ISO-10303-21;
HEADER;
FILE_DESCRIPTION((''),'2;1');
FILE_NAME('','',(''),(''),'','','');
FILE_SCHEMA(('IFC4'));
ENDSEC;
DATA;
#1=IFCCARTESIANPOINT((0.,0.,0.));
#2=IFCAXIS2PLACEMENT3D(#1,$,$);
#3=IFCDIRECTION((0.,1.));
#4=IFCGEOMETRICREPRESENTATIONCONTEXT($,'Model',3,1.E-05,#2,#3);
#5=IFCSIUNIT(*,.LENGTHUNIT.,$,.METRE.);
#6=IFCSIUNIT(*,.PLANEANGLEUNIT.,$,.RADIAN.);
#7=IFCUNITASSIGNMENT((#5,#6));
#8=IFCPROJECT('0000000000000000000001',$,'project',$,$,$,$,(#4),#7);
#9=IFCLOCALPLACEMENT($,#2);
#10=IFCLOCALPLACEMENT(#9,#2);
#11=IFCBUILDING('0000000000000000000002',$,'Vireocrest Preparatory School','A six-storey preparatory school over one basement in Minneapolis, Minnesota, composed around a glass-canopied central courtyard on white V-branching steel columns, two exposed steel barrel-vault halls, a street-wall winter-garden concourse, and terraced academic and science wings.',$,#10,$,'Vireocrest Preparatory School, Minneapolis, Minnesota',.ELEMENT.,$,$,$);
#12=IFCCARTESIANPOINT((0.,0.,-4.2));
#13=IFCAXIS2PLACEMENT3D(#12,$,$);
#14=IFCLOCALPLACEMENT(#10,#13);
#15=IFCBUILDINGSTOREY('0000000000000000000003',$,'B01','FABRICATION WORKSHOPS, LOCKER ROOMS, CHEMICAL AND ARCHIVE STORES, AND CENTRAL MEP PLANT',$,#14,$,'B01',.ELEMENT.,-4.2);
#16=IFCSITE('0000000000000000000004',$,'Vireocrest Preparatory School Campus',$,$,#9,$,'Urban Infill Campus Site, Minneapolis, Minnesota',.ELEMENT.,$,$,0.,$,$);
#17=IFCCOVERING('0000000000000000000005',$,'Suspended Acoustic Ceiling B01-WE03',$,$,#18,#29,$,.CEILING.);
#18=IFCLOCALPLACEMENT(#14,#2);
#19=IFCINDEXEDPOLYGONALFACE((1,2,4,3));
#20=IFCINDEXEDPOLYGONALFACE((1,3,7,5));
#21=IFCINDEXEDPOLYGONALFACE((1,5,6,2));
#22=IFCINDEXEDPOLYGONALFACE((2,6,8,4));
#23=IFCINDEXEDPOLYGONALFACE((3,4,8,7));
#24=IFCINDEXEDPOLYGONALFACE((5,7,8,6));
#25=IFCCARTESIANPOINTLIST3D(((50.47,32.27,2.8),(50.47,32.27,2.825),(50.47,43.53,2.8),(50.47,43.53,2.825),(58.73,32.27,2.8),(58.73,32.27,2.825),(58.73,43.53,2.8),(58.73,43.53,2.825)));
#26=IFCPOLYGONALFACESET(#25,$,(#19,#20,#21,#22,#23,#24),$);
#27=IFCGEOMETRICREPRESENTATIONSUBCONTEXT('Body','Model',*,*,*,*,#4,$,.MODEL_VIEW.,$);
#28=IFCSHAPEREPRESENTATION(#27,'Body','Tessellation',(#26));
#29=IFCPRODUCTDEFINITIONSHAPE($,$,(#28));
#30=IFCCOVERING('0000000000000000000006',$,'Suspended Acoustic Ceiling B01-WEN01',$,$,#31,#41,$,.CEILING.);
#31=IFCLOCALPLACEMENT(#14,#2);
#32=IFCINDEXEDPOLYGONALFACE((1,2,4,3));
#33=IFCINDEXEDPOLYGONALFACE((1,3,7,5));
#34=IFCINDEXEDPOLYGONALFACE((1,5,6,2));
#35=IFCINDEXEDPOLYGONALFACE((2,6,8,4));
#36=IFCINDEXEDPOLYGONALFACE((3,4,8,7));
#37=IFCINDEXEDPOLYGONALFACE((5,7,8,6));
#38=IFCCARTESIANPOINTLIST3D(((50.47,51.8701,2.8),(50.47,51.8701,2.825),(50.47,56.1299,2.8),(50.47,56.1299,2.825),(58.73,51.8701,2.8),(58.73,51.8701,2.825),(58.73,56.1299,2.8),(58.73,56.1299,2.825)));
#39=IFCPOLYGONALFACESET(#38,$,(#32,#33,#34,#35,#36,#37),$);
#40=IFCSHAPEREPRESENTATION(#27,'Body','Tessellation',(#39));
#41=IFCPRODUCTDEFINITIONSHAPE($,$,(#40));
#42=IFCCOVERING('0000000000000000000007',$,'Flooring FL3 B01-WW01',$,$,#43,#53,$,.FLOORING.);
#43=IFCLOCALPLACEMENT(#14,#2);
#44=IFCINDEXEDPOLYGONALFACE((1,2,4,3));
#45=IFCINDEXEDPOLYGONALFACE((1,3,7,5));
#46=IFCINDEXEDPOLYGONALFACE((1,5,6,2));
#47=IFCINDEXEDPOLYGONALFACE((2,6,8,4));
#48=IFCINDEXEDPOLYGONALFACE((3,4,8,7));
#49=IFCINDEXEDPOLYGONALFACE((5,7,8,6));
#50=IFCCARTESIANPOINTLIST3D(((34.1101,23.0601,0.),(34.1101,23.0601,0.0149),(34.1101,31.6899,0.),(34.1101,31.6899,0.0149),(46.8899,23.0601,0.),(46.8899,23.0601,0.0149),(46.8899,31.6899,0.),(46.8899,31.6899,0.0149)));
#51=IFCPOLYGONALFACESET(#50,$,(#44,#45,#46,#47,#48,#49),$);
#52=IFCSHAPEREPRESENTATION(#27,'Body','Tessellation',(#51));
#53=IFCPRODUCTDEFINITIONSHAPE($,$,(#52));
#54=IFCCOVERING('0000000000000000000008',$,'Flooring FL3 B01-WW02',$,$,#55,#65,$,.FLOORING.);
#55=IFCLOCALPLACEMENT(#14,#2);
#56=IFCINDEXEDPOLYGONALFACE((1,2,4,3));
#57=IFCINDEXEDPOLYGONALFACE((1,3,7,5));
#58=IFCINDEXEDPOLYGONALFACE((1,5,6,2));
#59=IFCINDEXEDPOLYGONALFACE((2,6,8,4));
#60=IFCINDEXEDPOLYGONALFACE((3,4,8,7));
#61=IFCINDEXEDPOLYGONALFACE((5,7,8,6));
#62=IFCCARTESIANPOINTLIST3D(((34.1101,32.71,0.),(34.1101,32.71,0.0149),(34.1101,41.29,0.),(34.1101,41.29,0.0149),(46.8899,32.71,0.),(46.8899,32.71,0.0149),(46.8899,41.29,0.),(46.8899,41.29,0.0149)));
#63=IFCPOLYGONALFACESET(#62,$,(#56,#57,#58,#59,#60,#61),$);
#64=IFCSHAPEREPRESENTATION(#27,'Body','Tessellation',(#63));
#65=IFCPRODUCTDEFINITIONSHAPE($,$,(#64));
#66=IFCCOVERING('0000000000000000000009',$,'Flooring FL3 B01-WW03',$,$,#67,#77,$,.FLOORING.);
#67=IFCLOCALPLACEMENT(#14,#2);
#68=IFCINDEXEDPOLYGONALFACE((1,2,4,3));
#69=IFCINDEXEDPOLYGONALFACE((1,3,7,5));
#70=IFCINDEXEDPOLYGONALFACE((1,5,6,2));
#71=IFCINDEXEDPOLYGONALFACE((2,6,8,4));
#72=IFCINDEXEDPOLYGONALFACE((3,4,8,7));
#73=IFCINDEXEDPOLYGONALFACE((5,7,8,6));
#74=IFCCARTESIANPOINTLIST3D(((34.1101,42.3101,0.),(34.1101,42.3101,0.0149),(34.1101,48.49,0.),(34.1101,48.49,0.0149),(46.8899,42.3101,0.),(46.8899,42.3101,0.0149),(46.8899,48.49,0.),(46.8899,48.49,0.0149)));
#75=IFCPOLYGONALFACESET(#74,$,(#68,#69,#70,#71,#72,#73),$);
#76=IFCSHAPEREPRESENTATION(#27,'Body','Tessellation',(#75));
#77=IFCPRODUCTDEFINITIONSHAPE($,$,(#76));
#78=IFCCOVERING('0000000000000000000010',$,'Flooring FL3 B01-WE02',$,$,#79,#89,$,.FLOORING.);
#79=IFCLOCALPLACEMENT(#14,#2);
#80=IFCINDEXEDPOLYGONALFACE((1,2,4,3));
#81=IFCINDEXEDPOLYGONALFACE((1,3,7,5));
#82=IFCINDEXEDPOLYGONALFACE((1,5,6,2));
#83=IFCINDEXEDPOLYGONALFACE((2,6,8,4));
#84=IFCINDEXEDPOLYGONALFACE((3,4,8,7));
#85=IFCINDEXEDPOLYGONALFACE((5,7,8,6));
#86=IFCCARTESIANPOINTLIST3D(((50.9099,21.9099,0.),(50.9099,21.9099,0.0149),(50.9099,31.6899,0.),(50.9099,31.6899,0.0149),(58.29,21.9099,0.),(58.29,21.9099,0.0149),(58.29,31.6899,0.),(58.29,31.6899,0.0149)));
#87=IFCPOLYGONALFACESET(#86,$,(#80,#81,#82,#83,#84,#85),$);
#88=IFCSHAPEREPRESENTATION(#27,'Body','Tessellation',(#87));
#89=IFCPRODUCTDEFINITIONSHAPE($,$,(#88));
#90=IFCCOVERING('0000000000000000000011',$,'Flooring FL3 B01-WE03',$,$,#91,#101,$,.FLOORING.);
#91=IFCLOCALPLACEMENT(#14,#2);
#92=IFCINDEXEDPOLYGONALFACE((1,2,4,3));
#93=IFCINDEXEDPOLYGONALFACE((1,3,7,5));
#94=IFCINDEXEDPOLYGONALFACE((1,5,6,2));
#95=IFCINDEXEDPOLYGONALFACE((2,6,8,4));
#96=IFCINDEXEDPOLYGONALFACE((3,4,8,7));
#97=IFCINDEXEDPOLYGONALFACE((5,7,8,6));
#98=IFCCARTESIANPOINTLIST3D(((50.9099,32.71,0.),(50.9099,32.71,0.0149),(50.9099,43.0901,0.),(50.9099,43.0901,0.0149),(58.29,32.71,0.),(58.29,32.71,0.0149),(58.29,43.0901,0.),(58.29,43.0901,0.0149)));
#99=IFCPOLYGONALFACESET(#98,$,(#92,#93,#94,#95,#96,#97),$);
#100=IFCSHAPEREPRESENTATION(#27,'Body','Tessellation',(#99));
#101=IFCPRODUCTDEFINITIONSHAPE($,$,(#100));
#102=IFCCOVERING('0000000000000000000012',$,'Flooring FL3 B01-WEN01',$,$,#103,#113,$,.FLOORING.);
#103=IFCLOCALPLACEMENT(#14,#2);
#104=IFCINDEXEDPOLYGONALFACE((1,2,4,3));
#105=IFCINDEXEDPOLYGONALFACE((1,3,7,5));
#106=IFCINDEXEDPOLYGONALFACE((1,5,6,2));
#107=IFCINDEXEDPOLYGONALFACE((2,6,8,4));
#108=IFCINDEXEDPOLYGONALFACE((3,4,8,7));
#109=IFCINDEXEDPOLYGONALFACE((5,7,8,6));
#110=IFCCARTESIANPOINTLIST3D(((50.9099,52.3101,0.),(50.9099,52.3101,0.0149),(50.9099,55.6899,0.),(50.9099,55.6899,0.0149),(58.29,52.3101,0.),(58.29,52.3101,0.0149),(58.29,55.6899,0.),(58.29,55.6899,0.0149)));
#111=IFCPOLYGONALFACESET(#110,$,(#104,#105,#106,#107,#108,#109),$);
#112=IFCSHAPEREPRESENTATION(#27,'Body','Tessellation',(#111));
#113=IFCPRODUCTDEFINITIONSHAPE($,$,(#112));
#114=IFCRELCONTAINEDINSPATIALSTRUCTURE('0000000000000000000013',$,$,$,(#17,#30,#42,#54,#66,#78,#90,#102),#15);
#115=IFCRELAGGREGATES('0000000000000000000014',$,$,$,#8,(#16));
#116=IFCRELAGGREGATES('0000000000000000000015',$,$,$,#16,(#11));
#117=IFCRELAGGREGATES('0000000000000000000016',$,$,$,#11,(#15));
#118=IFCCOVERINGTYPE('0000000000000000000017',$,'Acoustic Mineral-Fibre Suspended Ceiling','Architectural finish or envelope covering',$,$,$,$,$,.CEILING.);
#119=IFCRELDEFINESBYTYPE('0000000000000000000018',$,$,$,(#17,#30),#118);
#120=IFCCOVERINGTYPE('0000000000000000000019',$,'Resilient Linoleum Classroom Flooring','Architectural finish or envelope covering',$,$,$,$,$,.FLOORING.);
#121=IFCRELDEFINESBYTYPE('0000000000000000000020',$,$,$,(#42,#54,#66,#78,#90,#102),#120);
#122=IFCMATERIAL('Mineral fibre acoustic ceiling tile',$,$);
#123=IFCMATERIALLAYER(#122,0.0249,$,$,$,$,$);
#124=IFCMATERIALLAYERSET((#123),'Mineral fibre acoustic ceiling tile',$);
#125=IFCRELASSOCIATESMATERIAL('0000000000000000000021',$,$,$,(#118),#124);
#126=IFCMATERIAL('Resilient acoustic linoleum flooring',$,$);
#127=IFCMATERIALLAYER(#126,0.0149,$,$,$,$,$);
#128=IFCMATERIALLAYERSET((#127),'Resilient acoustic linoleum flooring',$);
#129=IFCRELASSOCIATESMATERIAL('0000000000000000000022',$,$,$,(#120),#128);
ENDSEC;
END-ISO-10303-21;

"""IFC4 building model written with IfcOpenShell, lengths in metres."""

from ifc_helpers import new_model, si_unit, direction, frame, origin, place, context, subcontext, project, spatial, polyline, outline, extrude, material, layer, layer_set, type_object, element, save


model = new_model("IFC4")

# Units and contexts
model_context = context("Model", 3, precision=1e-05, world=origin(), true_north=direction((0.0, 1.0)))
body_context = subcontext(model_context, "Body", "Model", "MODEL_VIEW")
ifc_project = project(units=[si_unit("LENGTHUNIT", "METRE"), si_unit("PLANEANGLEUNIT", "RADIAN")], contexts=[model_context])

# Site, building, storey
site_placement = place(None, origin())
site = spatial("IfcSite", under=ifc_project, at=site_placement, Name="Vireocrest Preparatory School Campus", LongName="Urban Infill Campus Site, Minneapolis, Minnesota", CompositionType="ELEMENT", RefElevation=0.0)
building_placement = place(site_placement, origin())
building = spatial("IfcBuilding", under=site, at=building_placement, Name="Vireocrest Preparatory School", Description="A six-storey preparatory school over one basement in Minneapolis, Minnesota, composed around a glass-canopied central courtyard on white V-branching steel columns, two exposed steel barrel-vault halls, a street-wall winter-garden concourse, and terraced academic and science wings.", LongName="Vireocrest Preparatory School, Minneapolis, Minnesota", CompositionType="ELEMENT")
storey_placement = place(building_placement, frame((0.0, 0.0, -4.2)))
storey = spatial("IfcBuildingStorey", under=building, at=storey_placement, Name="B01", Description="FABRICATION WORKSHOPS, LOCKER ROOMS, CHEMICAL AND ARCHIVE STORES, AND CENTRAL MEP PLANT", LongName="B01", CompositionType="ELEMENT", Elevation=-4.2)

# Coverings
ifc_material_1 = material(Name="Mineral fibre acoustic ceiling tile")
ifc_layer_1 = layer(ifc_material_1, 0.0249)
ifc_layer_set_1 = layer_set([ifc_layer_1], Name="Mineral fibre acoustic ceiling tile")
covering_type_1 = type_object("IfcCoveringType", Name="Acoustic Mineral-Fibre Suspended Ceiling", Description="Architectural finish or envelope covering", PredefinedType="CEILING", material=ifc_layer_set_1)
covering_1_placement = place(storey_placement, frame((0.0, 0.0, 2.8)))
element("IfcCovering", 1, at=covering_1_placement, inside=storey, type_object=covering_type_1, Name="Suspended Acoustic Ceiling B01-WE03", PredefinedType="CEILING", context=body_context, shape_type="SweptSolid", body=[
    extrude(outline(polyline([(50.47, 32.27), (58.73, 32.27), (58.73, 43.53), (50.47, 43.53), (50.47, 32.27)])), origin(), (0.0, 0.0, 1.0), 0.0249),
])
covering_2_placement = place(storey_placement, frame((0.0, 0.0, 2.8)))
element("IfcCovering", 2, at=covering_2_placement, inside=storey, type_object=covering_type_1, Name="Suspended Acoustic Ceiling B01-WEN01", PredefinedType="CEILING", context=body_context, shape_type="SweptSolid", body=[
    extrude(outline(polyline([(50.47, 51.8701), (58.73, 51.8701), (58.73, 56.1299), (50.47, 56.1299), (50.47, 51.8701)])), origin(), (0.0, 0.0, 1.0), 0.0249),
])
ifc_material_2 = material(Name="Resilient acoustic linoleum flooring")
ifc_layer_2 = layer(ifc_material_2, 0.0149)
ifc_layer_set_2 = layer_set([ifc_layer_2], Name="Resilient acoustic linoleum flooring")
covering_type_2 = type_object("IfcCoveringType", Name="Resilient Linoleum Classroom Flooring", Description="Architectural finish or envelope covering", PredefinedType="FLOORING", material=ifc_layer_set_2)
covering_3_placement = place(storey_placement, origin())
element("IfcCovering", 3, at=covering_3_placement, inside=storey, type_object=covering_type_2, Name="Flooring FL3 B01-WW01", PredefinedType="FLOORING", context=body_context, shape_type="SweptSolid", body=[
    extrude(outline(polyline([(34.1101, 23.0601), (46.8899, 23.0601), (46.8899, 31.6899), (34.1101, 31.6899), (34.1101, 23.0601)])), origin(), (0.0, 0.0, 1.0), 0.0149),
])
covering_4_placement = place(storey_placement, origin())
element("IfcCovering", 4, at=covering_4_placement, inside=storey, type_object=covering_type_2, Name="Flooring FL3 B01-WW02", PredefinedType="FLOORING", context=body_context, shape_type="SweptSolid", body=[
    extrude(outline(polyline([(34.1101, 32.71), (46.8899, 32.71), (46.8899, 41.29), (34.1101, 41.29), (34.1101, 32.71)])), origin(), (0.0, 0.0, 1.0), 0.0149),
])
covering_5_placement = place(storey_placement, origin())
element("IfcCovering", 5, at=covering_5_placement, inside=storey, type_object=covering_type_2, Name="Flooring FL3 B01-WW03", PredefinedType="FLOORING", context=body_context, shape_type="SweptSolid", body=[
    extrude(outline(polyline([(34.1101, 42.3101), (46.8899, 42.3101), (46.8899, 48.49), (34.1101, 48.49), (34.1101, 42.3101)])), origin(), (0.0, 0.0, 1.0), 0.0149),
])
covering_6_placement = place(storey_placement, origin())
element("IfcCovering", 6, at=covering_6_placement, inside=storey, type_object=covering_type_2, Name="Flooring FL3 B01-WE02", PredefinedType="FLOORING", context=body_context, shape_type="SweptSolid", body=[
    extrude(outline(polyline([(50.9099, 21.9099), (58.29, 21.9099), (58.29, 31.6899), (50.9099, 31.6899), (50.9099, 21.9099)])), origin(), (0.0, 0.0, 1.0), 0.0149),
])
covering_7_placement = place(storey_placement, origin())
element("IfcCovering", 7, at=covering_7_placement, inside=storey, type_object=covering_type_2, Name="Flooring FL3 B01-WE03", PredefinedType="FLOORING", context=body_context, shape_type="SweptSolid", body=[
    extrude(outline(polyline([(50.9099, 32.71), (58.29, 32.71), (58.29, 43.0901), (50.9099, 43.0901), (50.9099, 32.71)])), origin(), (0.0, 0.0, 1.0), 0.0149),
])
covering_8_placement = place(storey_placement, origin())
element("IfcCovering", 8, at=covering_8_placement, inside=storey, type_object=covering_type_2, Name="Flooring FL3 B01-WEN01", PredefinedType="FLOORING", context=body_context, shape_type="SweptSolid", body=[
    extrude(outline(polyline([(50.9099, 52.3101), (58.29, 52.3101), (58.29, 55.6899), (50.9099, 55.6899), (50.9099, 52.3101)])), origin(), (0.0, 0.0, 1.0), 0.0149),
])

save(model, "model.ifc")
